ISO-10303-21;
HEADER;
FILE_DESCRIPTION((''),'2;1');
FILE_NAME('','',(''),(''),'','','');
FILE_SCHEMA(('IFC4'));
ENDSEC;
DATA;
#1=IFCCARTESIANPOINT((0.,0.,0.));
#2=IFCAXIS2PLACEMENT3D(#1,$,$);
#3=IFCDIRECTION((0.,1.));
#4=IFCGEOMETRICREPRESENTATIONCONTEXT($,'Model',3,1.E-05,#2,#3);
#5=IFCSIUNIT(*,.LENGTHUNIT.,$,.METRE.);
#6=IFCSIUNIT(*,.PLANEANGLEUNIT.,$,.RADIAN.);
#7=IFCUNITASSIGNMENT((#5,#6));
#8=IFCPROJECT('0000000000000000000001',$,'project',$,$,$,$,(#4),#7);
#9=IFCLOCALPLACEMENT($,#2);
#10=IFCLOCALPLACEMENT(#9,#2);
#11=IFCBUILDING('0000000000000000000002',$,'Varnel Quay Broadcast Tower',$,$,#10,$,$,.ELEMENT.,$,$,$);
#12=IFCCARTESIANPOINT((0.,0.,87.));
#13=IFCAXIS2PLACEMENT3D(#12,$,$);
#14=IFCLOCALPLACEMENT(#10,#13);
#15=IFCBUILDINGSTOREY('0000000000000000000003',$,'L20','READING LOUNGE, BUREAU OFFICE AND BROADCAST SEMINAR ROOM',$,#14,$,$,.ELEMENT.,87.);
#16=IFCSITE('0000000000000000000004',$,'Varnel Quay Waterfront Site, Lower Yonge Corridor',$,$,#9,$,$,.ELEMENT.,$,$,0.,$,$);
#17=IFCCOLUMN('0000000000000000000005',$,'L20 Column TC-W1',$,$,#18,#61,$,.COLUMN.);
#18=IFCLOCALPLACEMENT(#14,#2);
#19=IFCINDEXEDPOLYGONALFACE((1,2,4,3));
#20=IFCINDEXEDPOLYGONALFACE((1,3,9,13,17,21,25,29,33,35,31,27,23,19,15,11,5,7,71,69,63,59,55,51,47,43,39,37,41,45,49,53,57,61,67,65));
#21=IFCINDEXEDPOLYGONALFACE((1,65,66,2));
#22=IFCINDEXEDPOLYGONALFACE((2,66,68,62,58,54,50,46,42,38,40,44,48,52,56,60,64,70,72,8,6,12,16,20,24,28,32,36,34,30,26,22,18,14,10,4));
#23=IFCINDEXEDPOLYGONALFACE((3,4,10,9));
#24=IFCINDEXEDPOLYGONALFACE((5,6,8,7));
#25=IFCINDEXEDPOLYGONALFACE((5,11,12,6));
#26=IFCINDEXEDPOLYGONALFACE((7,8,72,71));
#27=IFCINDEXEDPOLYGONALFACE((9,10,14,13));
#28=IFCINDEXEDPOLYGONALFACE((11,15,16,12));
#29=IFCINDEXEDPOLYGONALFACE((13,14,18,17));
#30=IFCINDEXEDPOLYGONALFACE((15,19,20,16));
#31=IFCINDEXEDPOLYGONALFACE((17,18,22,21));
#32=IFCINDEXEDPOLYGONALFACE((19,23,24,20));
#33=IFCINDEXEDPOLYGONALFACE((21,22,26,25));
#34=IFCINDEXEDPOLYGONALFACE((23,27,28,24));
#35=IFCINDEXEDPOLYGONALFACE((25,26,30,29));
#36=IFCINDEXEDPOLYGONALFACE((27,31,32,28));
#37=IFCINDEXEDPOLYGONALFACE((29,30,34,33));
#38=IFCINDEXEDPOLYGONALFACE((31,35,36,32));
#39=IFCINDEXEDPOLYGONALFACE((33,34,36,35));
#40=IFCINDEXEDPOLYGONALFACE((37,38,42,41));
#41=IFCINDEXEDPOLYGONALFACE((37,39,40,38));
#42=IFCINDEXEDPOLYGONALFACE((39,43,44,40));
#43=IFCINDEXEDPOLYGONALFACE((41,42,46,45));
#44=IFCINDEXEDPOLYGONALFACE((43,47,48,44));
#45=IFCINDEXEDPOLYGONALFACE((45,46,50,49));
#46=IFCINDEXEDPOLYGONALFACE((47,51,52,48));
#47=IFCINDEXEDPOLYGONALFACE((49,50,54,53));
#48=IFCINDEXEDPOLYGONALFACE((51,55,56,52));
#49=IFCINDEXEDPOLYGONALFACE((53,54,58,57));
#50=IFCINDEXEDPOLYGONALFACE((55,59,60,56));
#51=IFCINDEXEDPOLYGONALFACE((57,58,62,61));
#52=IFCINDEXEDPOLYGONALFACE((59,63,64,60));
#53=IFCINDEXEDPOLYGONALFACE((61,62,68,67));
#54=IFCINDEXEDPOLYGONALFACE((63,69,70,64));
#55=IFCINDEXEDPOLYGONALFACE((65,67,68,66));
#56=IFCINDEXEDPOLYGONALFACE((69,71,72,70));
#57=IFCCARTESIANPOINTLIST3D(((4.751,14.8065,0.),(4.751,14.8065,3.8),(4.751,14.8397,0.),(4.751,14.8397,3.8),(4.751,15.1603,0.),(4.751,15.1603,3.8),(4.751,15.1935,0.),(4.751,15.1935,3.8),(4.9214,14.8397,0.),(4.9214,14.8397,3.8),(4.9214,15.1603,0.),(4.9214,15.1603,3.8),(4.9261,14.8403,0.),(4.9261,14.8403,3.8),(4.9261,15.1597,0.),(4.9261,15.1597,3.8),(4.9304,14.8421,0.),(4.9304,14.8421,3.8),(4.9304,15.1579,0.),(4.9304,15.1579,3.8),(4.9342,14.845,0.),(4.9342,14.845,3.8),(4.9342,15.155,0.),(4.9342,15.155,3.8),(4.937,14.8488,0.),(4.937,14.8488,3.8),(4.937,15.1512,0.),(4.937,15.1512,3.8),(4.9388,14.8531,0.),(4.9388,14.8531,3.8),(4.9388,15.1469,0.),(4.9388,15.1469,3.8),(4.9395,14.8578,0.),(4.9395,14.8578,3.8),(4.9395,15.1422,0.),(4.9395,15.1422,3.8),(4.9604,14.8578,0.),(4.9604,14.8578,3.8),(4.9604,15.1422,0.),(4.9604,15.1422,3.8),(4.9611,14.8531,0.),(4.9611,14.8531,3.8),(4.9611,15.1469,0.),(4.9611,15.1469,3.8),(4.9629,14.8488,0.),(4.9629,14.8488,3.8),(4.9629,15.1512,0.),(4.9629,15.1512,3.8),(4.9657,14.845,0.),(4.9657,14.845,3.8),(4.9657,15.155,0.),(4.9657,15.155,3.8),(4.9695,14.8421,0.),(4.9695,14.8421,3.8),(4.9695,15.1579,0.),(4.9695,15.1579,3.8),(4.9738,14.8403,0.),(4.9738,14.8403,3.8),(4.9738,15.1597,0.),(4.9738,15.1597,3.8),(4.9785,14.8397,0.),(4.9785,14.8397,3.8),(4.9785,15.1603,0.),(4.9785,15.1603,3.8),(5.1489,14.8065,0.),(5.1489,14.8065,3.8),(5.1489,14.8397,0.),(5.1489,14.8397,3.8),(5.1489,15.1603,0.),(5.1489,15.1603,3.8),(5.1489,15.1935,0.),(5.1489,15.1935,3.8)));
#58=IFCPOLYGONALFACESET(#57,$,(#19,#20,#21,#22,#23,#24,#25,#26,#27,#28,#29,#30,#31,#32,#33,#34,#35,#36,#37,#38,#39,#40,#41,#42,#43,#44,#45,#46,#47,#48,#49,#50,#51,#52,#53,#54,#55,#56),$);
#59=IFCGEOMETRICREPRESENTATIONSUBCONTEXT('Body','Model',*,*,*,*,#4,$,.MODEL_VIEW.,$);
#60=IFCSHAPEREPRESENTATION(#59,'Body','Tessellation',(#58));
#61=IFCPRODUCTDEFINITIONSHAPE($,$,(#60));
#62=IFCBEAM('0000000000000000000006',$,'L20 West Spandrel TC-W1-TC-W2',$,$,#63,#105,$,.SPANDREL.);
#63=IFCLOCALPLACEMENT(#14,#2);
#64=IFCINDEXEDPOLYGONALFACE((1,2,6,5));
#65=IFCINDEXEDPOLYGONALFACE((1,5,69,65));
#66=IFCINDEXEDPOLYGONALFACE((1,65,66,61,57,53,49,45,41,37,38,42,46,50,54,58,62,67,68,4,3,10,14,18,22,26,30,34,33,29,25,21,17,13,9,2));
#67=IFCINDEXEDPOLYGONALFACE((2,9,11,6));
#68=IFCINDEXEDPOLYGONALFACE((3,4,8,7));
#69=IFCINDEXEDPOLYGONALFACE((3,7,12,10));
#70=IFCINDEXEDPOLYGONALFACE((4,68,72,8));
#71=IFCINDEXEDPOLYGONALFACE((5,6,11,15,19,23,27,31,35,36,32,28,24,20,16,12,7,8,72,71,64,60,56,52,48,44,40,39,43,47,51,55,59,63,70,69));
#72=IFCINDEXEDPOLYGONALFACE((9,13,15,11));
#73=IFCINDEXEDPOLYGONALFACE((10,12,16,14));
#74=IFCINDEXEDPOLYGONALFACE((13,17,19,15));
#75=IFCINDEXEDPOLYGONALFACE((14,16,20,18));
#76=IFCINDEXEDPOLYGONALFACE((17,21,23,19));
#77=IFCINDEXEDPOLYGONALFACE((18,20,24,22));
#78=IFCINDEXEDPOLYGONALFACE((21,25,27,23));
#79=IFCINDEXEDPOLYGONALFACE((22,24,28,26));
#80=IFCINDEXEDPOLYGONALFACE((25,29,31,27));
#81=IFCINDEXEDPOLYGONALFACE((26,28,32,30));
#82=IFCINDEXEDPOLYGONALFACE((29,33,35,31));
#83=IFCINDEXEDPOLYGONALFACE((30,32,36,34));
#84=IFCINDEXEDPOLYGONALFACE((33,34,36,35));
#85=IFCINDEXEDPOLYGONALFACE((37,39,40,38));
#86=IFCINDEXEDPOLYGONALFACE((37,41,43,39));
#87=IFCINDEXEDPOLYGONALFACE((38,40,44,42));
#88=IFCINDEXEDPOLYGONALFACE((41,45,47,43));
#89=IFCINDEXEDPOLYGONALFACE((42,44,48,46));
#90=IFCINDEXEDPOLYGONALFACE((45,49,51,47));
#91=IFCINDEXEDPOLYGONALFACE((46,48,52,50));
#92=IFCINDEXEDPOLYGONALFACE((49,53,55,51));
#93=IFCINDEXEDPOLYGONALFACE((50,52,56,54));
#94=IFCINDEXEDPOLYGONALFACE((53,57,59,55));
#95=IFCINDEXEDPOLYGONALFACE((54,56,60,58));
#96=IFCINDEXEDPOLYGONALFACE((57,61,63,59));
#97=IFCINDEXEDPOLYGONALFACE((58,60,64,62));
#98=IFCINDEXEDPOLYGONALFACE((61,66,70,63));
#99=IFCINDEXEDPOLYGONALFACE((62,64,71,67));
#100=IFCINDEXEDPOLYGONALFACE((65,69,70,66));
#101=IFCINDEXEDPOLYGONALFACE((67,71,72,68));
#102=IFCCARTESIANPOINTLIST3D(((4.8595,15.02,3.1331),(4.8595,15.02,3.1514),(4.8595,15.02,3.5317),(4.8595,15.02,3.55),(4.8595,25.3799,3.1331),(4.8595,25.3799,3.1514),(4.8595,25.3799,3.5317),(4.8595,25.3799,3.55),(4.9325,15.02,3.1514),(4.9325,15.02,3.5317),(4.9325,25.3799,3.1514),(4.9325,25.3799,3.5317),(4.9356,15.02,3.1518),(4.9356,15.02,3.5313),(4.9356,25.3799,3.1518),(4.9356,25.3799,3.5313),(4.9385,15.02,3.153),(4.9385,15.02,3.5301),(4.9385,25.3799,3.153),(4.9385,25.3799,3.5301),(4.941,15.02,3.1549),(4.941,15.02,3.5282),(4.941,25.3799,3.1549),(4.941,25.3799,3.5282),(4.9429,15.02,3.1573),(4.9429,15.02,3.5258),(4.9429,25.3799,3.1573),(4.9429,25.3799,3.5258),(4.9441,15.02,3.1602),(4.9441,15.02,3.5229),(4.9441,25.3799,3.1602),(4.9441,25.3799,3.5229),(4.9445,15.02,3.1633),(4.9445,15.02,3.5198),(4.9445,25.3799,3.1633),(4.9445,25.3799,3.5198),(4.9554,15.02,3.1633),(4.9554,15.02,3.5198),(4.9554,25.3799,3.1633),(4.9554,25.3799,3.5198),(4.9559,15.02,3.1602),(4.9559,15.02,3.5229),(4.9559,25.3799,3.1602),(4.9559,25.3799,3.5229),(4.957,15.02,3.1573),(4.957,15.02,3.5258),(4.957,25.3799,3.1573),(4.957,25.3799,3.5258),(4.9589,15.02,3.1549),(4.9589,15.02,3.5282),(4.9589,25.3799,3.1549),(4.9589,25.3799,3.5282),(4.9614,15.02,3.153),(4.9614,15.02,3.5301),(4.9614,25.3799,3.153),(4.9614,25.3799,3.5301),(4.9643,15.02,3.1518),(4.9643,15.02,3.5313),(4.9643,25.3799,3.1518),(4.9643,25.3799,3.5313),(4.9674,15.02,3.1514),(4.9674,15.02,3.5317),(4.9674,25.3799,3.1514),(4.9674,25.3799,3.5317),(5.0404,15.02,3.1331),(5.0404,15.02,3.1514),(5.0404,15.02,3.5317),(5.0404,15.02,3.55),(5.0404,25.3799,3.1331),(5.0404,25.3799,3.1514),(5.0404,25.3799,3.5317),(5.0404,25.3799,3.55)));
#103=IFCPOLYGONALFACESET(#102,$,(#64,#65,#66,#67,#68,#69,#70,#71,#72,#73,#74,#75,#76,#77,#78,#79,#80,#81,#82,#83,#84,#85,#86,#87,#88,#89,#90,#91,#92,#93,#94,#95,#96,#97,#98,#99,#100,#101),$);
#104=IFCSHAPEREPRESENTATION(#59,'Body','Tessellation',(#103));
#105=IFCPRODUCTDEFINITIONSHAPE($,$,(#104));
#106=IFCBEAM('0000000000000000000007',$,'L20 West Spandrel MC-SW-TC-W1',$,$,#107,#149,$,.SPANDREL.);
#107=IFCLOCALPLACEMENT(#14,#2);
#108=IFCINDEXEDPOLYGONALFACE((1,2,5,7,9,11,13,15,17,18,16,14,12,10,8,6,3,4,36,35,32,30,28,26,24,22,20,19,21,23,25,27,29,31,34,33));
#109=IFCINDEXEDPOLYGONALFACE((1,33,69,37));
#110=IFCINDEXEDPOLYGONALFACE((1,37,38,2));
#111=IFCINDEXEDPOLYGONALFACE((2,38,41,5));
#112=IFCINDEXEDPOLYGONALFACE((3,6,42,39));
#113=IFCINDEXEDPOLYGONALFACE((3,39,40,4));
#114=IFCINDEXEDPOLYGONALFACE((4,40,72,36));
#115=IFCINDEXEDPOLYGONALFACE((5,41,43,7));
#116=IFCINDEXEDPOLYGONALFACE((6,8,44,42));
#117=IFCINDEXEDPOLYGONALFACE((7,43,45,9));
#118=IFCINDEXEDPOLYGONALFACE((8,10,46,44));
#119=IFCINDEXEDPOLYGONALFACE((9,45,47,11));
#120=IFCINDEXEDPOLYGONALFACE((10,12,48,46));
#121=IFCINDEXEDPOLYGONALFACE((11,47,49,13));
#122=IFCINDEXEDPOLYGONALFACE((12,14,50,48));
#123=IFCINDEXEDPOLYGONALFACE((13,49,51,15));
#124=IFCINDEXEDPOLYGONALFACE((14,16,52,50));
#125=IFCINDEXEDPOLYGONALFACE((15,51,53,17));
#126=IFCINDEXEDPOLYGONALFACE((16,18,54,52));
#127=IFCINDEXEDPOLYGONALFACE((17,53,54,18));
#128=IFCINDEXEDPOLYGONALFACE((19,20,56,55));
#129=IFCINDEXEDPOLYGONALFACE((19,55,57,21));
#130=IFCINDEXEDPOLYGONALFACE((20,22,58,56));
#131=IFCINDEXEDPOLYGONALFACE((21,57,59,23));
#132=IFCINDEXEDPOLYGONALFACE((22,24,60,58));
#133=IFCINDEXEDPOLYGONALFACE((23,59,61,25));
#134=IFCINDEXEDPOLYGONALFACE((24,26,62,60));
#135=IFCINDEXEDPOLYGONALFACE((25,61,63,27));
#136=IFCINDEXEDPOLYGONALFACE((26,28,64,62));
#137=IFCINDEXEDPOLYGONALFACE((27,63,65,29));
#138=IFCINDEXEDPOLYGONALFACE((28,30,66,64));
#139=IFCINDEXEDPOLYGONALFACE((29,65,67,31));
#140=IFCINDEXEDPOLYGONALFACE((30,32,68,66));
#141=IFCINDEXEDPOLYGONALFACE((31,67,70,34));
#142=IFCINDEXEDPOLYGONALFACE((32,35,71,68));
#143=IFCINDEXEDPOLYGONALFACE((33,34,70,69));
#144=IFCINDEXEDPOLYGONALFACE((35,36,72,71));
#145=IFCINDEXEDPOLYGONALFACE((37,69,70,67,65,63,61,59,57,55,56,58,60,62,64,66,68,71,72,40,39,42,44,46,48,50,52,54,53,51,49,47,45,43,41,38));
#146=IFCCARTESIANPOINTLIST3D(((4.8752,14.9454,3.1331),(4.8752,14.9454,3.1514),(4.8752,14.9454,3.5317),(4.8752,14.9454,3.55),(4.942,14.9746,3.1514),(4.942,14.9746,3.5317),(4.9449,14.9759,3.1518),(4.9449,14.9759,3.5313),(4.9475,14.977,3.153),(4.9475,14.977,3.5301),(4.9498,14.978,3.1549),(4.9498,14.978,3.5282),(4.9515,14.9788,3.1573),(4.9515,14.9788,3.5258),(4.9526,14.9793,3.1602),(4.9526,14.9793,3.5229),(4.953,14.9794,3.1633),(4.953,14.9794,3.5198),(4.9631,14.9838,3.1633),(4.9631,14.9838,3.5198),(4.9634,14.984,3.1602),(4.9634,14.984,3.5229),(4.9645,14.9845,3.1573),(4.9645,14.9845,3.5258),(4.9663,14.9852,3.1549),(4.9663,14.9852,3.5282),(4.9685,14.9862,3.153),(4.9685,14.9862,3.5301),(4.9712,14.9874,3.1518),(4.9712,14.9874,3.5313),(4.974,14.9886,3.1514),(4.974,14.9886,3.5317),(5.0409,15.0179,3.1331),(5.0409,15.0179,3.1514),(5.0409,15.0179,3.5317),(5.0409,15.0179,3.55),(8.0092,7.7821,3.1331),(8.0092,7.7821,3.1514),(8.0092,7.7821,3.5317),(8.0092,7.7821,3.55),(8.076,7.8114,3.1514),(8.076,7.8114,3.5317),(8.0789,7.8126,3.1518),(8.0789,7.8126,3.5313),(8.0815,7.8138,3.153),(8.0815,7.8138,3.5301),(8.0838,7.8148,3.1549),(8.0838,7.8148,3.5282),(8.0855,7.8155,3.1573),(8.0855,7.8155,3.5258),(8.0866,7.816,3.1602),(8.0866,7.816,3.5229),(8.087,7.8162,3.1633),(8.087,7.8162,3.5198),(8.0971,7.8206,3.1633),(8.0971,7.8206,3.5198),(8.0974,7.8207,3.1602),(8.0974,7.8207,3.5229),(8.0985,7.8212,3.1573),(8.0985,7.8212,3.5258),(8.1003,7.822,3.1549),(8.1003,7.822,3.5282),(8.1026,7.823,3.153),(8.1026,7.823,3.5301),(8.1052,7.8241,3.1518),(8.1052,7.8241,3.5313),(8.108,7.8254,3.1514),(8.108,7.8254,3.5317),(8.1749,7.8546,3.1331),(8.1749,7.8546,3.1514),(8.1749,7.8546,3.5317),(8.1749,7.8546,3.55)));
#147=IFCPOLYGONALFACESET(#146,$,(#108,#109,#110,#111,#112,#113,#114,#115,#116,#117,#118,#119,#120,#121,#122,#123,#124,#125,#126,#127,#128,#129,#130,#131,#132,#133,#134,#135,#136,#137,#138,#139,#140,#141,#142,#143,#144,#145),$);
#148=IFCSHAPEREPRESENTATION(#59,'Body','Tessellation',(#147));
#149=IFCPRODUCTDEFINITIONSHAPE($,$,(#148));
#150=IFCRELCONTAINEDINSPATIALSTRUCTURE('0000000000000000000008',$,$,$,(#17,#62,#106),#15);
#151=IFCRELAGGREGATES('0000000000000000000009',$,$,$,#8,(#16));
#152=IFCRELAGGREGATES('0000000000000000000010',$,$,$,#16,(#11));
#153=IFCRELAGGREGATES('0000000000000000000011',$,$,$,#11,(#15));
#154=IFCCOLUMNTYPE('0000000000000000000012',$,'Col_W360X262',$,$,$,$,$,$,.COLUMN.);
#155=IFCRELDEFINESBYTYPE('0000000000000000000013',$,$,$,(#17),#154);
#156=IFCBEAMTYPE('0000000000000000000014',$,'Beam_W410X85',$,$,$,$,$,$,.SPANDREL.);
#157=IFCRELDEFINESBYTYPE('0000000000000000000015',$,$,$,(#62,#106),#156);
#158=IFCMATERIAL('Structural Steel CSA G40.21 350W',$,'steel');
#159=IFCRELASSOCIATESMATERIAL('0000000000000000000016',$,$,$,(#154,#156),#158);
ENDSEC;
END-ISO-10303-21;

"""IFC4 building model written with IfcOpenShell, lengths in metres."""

from ifc_helpers import new_model, si_unit, direction, frame, origin, origin_2d, place, context, subcontext, project, spatial, i_section, extrude, source, transform, mapped, material, material_profile, profile_set, type_object, type_shapes, element, save


model = new_model("IFC4")

# Units and contexts
model_context = context("Model", 3, precision=1e-05, world=origin(), true_north=direction((0.0, 1.0)))
body_context = subcontext(model_context, "Body", "Model", "MODEL_VIEW")
ifc_project = project(units=[si_unit("LENGTHUNIT", "METRE"), si_unit("PLANEANGLEUNIT", "RADIAN")], contexts=[model_context])

# Site, building, storey
site_placement = place(None, origin())
site = spatial("IfcSite", under=ifc_project, at=site_placement, Name="Varnel Quay Waterfront Site, Lower Yonge Corridor", CompositionType="ELEMENT", RefElevation=0.0)
building_placement = place(site_placement, origin())
building = spatial("IfcBuilding", under=site, at=building_placement, Name="Varnel Quay Broadcast Tower", CompositionType="ELEMENT")
storey_placement = place(building_placement, frame((0.0, 0.0, 87.0)))
storey = spatial("IfcBuildingStorey", under=building, at=storey_placement, Name="L20", Description="READING LOUNGE, BUREAU OFFICE AND BROADCAST SEMINAR ROOM", CompositionType="ELEMENT", Elevation=87.0)

# Column
ifc_material_1 = material(Name="Structural Steel CSA G40.21 350W", Category="steel")
ifc_material_profile_1 = material_profile(ifc_material_1, i_section(OverallWidth=0.3979, OverallDepth=0.387, WebThickness=0.021, FlangeThickness=0.0332, FilletRadius=0.0181, at=origin_2d()), Name="W360X262")
ifc_profile_set_1 = profile_set([ifc_material_profile_1], Name="Structural Steel CSA G40.21 350W")
column_type = type_object("IfcColumnType", Name="Col_W360X262", PredefinedType="COLUMN", material=ifc_profile_set_1)
shared_shape_1 = source(origin(), body_context, "Body", "SweptSolid", [
    extrude(i_section(OverallWidth=0.3979, OverallDepth=0.387, WebThickness=0.021, FlangeThickness=0.0332, FilletRadius=0.0181, at=origin_2d()), origin(), (0.0, 0.0, 1.0), 3.8),
])
type_shapes(column_type, [shared_shape_1])
column_placement = place(storey_placement, frame((4.95, 15.0, 0.0), z_axis=(0.0, 0.0, 1.0), x_axis=(1.0, 0.0, 0.0)))
element("IfcColumn", 1, at=column_placement, inside=storey, type_object=column_type, Name="L20 Column TC-W1", PredefinedType="COLUMN", context=body_context, shape_type="MappedRepresentation", body=[
    mapped(shared_shape_1, transform((0.0, 0.0, 0.0), x_axis=(1.0, 0.0, 0.0), y_axis=(0.0, 1.0, 0.0), z_axis=(0.0, 0.0, 1.0), scale=1.0)),
])

# Beams
ifc_material_profile_2 = material_profile(ifc_material_1, i_section(OverallWidth=0.1809, OverallDepth=0.417, WebThickness=0.011, FlangeThickness=0.0183, FilletRadius=0.012, at=origin_2d()), Name="W410X85")
ifc_profile_set_2 = profile_set([ifc_material_profile_2], Name="Structural Steel CSA G40.21 350W")
beam_type_1 = type_object("IfcBeamType", Name="Beam_W410X85", PredefinedType="SPANDREL", material=ifc_profile_set_2)
shared_shape_2 = source(origin(), body_context, "Body", "SweptSolid", [
    extrude(i_section(OverallWidth=0.1809, OverallDepth=0.417, WebThickness=0.011, FlangeThickness=0.0183, FilletRadius=0.012, at=origin_2d()), origin(), (0.0, 0.0, 1.0), 10.3599),
])
beam_1_placement = place(storey_placement, frame((4.95, 15.02, 3.3416), z_axis=(0.0, 1.0, 0.0), x_axis=(-1.0, 0.0, 0.0)))
element("IfcBeam", 2, at=beam_1_placement, inside=storey, type_object=beam_type_1, Name="L20 West Spandrel TC-W1-TC-W2", PredefinedType="SPANDREL", context=body_context, shape_type="MappedRepresentation", body=[
    mapped(shared_shape_2, transform((0.0, 0.0, 0.0), x_axis=(1.0, 0.0, 0.0), y_axis=(0.0, 1.0, 0.0), z_axis=(0.0, 0.0, 1.0), scale=1.0)),
])
shared_shape_3 = source(origin(), body_context, "Body", "SweptSolid", [
    extrude(i_section(OverallWidth=0.1809, OverallDepth=0.417, WebThickness=0.011, FlangeThickness=0.0183, FilletRadius=0.012, at=origin_2d()), origin(), (0.0, 0.0, 1.0), 7.8188),
])
type_shapes(beam_type_1, [shared_shape_2, shared_shape_3])
beam_2_placement = place(storey_placement, frame((8.092, 7.8184, 3.3416), z_axis=(-0.400827, 0.916154, 0.0), x_axis=(-0.916154, -0.400827, 0.0)))
element("IfcBeam", 3, at=beam_2_placement, inside=storey, type_object=beam_type_1, Name="L20 West Spandrel MC-SW-TC-W1", PredefinedType="SPANDREL", context=body_context, shape_type="MappedRepresentation", body=[
    mapped(shared_shape_3, transform((0.0, 0.0, 0.0), x_axis=(1.0, 0.0, 0.0), y_axis=(0.0, 1.0, 0.0), z_axis=(0.0, 0.0, 1.0), scale=1.0)),
])

save(model, "model.ifc")
